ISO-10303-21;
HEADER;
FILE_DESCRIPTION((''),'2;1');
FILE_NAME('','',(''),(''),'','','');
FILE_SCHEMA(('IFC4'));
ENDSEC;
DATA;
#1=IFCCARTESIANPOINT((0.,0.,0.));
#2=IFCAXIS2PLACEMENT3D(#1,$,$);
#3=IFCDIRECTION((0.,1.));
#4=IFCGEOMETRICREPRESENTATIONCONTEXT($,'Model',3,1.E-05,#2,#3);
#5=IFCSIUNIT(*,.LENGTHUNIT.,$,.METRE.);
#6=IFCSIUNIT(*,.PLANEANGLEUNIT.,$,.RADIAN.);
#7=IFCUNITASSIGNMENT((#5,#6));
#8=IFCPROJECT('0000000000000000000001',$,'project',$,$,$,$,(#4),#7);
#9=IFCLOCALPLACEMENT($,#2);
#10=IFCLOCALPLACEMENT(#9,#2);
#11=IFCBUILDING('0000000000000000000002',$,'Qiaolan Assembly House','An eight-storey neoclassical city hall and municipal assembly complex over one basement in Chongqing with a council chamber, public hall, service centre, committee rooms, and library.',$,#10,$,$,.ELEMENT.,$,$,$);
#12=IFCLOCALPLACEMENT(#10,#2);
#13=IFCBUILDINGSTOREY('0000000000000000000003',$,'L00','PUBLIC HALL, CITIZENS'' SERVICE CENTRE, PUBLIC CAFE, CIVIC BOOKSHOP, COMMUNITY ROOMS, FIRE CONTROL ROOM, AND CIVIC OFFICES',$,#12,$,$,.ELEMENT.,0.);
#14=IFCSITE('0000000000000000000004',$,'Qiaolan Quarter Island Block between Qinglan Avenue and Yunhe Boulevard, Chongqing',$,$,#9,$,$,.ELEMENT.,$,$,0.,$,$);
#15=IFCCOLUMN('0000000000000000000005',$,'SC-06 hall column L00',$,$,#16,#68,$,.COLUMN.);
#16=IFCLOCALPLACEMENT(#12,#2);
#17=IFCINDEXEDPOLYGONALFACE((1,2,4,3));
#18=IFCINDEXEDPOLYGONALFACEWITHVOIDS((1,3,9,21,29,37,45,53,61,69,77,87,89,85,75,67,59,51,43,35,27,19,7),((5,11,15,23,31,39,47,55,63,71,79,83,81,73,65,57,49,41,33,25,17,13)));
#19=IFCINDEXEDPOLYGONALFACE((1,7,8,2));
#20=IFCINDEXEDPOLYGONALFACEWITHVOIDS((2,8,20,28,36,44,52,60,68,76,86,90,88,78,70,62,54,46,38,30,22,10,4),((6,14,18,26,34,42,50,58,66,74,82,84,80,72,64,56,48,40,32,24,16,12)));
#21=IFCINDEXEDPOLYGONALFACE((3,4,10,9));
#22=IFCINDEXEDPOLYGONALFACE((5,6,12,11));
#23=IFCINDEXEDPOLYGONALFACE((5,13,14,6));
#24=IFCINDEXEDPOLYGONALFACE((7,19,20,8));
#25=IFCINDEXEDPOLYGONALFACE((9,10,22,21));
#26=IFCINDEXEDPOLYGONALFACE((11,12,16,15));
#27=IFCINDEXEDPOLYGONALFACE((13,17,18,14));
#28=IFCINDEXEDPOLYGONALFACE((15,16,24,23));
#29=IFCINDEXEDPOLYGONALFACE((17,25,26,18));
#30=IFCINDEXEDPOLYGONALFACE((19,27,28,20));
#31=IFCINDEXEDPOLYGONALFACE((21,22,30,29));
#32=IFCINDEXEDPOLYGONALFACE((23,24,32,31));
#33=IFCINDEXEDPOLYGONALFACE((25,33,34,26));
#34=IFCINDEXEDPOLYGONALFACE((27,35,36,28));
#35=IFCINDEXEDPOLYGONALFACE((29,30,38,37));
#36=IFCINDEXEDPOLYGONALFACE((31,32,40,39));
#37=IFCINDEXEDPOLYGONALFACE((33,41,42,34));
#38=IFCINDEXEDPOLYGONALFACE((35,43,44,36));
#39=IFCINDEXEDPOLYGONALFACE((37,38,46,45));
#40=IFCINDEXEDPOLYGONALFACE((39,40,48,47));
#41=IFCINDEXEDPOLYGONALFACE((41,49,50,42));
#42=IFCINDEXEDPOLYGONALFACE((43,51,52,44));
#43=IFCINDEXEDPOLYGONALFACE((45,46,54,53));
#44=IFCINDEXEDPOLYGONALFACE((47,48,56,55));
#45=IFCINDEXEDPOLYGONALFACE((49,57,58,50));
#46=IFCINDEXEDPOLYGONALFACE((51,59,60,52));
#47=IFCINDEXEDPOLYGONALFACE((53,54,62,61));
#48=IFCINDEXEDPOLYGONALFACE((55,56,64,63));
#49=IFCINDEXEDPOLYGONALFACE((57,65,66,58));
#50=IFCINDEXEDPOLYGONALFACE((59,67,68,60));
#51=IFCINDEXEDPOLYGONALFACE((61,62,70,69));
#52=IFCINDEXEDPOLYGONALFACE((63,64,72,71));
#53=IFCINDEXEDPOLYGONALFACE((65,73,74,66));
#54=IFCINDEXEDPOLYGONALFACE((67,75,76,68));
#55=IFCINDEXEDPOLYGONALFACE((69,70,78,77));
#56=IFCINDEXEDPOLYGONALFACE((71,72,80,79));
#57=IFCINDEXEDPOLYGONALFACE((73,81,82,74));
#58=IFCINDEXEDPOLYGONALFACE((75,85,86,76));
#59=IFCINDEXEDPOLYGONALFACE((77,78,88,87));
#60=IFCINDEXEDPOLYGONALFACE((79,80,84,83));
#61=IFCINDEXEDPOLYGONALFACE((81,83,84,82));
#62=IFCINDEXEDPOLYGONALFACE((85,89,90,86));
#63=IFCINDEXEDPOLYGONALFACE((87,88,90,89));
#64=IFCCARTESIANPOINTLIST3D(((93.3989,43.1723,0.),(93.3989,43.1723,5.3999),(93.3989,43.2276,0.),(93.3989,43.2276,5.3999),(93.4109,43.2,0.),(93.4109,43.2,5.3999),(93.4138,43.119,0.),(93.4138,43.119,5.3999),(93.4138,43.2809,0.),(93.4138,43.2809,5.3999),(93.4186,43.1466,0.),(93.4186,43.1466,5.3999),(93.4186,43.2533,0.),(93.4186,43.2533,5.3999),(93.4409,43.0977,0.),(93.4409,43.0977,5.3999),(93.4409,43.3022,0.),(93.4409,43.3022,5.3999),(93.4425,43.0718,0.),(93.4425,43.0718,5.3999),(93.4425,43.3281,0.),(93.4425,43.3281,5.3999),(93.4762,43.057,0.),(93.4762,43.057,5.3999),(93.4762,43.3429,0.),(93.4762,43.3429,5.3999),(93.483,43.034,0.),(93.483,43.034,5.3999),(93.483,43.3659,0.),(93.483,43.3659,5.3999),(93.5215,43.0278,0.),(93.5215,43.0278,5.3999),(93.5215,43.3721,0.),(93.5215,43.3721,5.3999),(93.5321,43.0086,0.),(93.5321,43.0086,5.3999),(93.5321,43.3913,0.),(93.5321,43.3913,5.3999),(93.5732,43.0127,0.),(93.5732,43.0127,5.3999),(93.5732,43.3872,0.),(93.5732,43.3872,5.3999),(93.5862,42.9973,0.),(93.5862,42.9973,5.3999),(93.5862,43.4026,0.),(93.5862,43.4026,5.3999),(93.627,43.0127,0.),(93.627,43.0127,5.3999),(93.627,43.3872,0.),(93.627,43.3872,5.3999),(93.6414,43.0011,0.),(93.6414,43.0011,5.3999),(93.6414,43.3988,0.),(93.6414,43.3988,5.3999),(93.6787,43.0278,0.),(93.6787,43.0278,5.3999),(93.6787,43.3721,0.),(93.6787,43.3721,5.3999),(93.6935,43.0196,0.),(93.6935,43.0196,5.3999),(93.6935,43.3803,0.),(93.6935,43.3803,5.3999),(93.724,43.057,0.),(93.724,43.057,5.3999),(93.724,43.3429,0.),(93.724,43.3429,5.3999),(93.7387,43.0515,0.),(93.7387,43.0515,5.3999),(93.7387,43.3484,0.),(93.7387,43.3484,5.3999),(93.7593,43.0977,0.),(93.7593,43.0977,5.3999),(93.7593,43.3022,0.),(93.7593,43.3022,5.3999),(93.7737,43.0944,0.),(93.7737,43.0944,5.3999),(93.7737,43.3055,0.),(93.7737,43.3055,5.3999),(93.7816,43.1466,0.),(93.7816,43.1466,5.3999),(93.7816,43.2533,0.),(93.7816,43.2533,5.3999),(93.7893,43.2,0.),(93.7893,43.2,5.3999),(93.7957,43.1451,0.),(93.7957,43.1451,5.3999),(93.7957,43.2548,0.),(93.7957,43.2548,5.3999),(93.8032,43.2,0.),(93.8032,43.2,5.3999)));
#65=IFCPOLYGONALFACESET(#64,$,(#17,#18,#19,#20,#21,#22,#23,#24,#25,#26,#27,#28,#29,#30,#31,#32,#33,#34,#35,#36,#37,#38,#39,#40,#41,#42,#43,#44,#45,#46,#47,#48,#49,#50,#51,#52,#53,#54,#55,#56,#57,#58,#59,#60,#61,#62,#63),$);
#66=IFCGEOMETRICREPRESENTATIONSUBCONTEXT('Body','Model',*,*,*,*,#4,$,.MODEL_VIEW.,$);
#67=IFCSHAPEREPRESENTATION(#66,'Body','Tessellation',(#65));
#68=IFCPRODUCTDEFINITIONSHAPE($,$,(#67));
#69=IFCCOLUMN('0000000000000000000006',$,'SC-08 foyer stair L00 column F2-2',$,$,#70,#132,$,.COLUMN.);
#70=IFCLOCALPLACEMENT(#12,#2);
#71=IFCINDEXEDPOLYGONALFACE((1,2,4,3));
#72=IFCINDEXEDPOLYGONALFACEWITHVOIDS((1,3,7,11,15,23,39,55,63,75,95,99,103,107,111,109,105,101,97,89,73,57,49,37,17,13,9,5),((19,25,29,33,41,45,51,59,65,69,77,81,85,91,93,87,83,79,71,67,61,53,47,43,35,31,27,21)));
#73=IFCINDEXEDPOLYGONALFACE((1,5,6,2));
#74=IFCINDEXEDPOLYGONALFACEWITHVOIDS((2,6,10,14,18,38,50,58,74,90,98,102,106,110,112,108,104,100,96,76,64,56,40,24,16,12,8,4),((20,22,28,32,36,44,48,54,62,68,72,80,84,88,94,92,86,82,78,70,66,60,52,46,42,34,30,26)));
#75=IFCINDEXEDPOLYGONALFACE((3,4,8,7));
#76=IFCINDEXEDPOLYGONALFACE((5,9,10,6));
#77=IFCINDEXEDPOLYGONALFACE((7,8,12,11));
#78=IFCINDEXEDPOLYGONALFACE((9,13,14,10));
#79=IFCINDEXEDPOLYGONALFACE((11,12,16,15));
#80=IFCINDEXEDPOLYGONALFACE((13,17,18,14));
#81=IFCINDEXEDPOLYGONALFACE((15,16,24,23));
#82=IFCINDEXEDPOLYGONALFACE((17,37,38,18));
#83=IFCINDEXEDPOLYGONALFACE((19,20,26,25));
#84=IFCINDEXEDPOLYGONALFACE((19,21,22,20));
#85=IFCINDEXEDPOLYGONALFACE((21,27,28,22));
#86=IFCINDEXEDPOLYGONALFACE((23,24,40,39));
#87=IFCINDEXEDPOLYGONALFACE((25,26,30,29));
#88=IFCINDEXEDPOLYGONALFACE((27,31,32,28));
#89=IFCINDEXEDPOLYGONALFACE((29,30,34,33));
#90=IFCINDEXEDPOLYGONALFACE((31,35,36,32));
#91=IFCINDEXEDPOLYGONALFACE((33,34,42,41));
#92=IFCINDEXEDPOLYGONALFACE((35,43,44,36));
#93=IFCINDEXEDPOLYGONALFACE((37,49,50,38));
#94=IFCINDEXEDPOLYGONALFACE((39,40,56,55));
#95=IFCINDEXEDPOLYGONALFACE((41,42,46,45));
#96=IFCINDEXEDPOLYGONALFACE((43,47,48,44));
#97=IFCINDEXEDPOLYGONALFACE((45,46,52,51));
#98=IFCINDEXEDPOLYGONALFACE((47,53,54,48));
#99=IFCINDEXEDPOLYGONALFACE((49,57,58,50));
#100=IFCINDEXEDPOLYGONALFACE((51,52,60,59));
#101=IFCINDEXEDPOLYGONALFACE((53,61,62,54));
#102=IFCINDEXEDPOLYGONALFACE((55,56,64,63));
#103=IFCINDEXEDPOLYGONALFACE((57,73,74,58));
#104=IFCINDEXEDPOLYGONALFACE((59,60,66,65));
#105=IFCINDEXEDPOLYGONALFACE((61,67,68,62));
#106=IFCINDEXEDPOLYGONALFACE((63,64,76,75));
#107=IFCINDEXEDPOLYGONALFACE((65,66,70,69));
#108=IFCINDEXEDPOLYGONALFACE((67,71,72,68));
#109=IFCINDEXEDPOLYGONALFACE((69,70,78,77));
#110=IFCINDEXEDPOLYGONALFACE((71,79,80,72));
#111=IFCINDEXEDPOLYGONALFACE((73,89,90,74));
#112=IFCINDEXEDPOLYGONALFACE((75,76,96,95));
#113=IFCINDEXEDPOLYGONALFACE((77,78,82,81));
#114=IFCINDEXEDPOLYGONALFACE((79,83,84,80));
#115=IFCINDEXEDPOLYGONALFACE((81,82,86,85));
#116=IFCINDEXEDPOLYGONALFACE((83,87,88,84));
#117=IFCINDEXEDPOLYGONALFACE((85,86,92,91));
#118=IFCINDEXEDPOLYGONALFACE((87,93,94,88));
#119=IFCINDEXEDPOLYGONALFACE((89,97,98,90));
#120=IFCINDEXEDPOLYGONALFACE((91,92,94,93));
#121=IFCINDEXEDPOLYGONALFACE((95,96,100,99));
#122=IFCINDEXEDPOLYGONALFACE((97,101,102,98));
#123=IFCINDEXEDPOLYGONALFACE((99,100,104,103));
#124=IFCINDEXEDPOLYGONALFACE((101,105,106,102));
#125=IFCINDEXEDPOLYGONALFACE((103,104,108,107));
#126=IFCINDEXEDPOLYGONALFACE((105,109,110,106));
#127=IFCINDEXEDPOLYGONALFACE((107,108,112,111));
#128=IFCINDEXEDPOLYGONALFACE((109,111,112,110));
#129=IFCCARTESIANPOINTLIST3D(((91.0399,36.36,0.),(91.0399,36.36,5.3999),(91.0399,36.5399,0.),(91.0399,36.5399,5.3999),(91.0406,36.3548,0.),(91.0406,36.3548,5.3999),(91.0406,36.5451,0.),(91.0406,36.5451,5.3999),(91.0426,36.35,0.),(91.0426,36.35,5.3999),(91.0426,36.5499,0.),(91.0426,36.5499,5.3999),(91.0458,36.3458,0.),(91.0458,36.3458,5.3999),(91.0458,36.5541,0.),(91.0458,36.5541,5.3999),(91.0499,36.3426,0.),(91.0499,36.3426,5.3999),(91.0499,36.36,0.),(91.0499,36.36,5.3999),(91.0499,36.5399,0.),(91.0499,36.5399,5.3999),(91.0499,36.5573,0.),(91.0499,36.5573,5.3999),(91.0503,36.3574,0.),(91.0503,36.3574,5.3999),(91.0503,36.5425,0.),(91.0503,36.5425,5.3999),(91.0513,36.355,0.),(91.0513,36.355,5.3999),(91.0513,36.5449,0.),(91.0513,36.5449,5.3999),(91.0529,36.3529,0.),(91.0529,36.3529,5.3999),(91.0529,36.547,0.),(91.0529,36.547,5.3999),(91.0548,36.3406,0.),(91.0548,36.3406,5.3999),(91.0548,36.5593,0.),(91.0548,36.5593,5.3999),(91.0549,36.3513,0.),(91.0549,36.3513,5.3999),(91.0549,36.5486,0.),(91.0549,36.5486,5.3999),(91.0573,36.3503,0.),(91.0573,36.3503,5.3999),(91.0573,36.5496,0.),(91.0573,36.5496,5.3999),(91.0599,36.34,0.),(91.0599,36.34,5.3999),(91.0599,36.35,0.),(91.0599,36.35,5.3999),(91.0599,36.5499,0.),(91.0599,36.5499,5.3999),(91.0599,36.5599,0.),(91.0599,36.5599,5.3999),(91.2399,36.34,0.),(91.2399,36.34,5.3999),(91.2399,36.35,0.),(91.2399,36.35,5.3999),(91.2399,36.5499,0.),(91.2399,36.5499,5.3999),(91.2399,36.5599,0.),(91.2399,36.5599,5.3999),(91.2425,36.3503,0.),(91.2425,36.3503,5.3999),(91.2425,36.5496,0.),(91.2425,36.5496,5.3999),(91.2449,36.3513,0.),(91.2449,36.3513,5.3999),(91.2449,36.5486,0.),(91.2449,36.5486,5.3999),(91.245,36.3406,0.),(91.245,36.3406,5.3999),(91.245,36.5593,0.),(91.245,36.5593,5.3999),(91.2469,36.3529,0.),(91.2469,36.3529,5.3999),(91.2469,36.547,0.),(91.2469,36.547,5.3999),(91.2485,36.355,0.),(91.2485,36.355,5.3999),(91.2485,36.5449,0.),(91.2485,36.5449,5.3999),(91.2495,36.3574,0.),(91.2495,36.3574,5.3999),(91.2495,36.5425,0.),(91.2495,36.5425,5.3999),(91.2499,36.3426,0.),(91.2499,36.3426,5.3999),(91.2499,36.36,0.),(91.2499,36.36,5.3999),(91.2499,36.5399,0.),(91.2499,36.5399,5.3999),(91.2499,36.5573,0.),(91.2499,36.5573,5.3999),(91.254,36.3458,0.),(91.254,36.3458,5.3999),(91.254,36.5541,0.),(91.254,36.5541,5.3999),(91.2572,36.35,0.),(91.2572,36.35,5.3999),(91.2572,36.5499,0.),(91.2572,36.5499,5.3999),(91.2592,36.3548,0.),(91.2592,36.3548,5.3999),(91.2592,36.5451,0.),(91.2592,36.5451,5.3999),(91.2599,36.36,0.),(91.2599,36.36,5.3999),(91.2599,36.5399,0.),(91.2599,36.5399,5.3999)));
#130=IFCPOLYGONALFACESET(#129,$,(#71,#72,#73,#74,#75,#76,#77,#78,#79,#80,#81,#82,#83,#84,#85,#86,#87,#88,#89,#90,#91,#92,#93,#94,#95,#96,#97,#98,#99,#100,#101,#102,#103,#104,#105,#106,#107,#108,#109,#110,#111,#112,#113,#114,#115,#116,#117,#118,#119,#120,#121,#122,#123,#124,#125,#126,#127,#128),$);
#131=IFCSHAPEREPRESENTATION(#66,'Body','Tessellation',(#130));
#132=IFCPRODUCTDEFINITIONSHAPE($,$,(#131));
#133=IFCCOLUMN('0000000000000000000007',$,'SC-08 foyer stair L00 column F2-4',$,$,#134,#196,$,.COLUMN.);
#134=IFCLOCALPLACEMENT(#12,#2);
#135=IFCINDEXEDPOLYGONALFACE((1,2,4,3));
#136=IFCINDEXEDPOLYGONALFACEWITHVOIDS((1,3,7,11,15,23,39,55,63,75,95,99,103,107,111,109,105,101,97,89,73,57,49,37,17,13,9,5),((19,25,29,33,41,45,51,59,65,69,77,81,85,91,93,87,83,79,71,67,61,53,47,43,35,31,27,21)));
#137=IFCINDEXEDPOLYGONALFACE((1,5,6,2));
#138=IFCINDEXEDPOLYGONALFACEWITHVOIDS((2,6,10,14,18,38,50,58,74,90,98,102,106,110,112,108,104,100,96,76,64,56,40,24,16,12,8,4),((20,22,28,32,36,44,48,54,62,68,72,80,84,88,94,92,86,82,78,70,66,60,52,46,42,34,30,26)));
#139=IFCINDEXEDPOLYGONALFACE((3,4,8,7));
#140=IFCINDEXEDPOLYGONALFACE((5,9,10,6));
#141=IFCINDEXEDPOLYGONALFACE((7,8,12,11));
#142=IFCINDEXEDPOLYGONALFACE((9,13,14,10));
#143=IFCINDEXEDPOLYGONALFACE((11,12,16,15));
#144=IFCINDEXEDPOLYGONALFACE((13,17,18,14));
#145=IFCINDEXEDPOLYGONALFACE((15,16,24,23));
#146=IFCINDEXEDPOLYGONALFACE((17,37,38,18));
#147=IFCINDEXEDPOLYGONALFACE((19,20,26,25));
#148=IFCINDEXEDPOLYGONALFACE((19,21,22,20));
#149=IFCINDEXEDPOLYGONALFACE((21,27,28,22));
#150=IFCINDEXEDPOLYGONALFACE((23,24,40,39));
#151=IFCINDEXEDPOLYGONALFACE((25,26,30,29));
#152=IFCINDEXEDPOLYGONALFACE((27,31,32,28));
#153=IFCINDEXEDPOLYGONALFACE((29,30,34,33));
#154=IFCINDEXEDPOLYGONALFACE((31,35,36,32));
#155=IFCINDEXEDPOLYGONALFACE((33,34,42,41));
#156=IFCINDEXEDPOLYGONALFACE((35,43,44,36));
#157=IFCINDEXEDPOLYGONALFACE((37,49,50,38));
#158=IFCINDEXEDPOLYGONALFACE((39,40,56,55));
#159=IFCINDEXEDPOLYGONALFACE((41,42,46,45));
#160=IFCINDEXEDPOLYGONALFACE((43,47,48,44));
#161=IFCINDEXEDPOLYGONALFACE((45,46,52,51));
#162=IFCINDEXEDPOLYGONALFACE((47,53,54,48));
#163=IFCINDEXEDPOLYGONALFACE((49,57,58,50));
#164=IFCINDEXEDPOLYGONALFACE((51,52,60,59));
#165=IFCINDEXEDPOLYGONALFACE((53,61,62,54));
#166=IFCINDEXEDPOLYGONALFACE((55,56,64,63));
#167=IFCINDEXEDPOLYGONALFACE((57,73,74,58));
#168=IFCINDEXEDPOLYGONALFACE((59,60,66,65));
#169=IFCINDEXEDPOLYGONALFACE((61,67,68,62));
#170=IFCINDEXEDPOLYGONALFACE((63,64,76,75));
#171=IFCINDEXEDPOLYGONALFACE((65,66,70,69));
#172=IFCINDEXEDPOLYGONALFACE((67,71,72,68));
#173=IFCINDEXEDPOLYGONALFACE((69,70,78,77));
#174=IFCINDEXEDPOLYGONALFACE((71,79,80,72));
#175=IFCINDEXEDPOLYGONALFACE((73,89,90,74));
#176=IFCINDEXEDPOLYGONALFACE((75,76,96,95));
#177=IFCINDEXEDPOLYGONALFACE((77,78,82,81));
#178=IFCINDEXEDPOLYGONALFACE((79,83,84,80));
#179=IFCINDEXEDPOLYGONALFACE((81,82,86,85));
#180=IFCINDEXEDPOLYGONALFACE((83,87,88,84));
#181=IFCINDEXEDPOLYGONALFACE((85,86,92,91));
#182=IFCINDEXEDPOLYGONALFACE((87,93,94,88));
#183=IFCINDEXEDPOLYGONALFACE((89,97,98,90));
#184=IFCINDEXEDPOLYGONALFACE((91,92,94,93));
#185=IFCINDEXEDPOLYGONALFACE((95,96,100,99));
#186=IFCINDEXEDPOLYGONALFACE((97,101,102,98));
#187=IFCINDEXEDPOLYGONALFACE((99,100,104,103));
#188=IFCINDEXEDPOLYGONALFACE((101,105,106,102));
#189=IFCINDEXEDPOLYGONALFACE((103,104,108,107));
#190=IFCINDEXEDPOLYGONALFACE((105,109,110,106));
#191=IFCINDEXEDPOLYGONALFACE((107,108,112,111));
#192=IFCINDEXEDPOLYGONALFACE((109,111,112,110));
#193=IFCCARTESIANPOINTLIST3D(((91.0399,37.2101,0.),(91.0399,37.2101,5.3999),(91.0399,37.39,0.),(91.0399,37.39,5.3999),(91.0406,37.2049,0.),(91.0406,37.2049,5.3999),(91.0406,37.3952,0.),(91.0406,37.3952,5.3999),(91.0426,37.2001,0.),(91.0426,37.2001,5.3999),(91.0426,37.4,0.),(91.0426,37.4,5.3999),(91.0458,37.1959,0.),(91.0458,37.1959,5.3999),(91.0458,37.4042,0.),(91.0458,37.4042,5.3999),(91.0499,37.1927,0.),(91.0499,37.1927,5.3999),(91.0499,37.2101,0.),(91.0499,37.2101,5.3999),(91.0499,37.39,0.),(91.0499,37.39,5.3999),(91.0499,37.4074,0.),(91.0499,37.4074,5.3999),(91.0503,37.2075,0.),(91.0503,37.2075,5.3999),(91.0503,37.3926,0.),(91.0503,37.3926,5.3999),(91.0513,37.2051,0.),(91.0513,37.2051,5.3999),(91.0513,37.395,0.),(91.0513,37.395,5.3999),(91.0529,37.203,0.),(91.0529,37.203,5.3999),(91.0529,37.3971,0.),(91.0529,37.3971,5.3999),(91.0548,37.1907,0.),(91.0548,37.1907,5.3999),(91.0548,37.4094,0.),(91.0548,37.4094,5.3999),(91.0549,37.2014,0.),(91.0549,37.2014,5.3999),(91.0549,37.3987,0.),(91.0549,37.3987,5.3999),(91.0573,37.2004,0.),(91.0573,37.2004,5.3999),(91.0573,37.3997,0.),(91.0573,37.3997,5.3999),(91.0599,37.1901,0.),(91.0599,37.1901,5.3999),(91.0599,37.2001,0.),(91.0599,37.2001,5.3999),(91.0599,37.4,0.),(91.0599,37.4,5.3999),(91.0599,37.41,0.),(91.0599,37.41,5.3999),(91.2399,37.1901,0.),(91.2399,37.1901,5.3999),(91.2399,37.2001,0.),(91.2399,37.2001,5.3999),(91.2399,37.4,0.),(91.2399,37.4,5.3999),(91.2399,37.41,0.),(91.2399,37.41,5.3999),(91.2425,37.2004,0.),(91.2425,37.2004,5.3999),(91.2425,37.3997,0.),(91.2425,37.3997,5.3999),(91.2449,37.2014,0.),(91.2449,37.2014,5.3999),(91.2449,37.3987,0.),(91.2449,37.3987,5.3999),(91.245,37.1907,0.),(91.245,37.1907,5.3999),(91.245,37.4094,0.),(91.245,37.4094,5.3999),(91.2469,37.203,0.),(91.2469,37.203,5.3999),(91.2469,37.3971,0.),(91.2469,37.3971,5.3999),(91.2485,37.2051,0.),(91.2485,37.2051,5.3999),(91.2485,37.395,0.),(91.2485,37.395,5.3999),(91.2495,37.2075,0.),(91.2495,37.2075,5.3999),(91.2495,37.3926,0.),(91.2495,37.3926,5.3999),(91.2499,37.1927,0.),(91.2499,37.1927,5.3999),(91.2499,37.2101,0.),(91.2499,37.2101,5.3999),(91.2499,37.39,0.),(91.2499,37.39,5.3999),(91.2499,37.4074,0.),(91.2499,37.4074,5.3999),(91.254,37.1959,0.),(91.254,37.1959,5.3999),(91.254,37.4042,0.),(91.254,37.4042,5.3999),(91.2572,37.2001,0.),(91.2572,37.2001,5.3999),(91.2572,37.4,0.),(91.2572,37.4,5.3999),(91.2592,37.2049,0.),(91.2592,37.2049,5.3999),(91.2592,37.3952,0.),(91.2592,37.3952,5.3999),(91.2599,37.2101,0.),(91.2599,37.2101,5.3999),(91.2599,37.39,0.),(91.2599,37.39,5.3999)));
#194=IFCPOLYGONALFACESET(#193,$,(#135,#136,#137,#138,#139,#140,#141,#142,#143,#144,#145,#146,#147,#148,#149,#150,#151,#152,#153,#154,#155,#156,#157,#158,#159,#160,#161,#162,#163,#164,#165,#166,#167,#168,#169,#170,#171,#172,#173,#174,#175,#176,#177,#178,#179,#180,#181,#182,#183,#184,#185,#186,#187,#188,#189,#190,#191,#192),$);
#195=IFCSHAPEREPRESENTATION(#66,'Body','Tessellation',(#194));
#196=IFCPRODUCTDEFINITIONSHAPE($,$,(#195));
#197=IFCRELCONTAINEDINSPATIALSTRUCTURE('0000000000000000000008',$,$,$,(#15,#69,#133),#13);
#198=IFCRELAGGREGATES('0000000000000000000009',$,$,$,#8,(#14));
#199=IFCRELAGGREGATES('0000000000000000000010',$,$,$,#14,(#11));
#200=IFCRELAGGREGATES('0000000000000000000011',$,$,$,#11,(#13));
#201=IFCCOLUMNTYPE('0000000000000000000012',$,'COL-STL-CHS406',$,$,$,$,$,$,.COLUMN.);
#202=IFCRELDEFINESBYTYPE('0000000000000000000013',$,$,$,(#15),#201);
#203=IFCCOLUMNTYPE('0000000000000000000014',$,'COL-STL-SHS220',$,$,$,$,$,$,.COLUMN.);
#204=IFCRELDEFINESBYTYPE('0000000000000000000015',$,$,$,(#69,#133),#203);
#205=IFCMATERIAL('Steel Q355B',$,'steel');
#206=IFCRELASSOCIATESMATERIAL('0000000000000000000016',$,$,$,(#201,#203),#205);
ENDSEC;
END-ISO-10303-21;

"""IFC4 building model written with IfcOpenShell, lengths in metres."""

from ifc_helpers import new_model, si_unit, direction, frame, origin, origin_2d, place, context, subcontext, project, spatial, hollow_rectangle, hollow_circle, extrude, material, material_profile, profile_set, type_object, element, save


model = new_model("IFC4")

# Units and contexts
model_context = context("Model", 3, precision=1e-05, world=origin(), true_north=direction((0.0, 1.0)))
body_context = subcontext(model_context, "Body", "Model", "MODEL_VIEW")
ifc_project = project(units=[si_unit("LENGTHUNIT", "METRE"), si_unit("PLANEANGLEUNIT", "RADIAN")], contexts=[model_context])

# Site, building, storey
site_placement = place(None, origin())
site = spatial("IfcSite", under=ifc_project, at=site_placement, Name="Qiaolan Quarter Island Block between Qinglan Avenue and Yunhe Boulevard, Chongqing", CompositionType="ELEMENT", RefElevation=0.0)
building_placement = place(site_placement, origin())
building = spatial("IfcBuilding", under=site, at=building_placement, Name="Qiaolan Assembly House", Description="An eight-storey neoclassical city hall and municipal assembly complex over one basement in Chongqing with a council chamber, public hall, service centre, committee rooms, and library.", CompositionType="ELEMENT")
storey_placement = place(building_placement, origin())
storey = spatial("IfcBuildingStorey", under=building, at=storey_placement, Name="L00", Description="PUBLIC HALL, CITIZENS' SERVICE CENTRE, PUBLIC CAFE, CIVIC BOOKSHOP, COMMUNITY ROOMS, FIRE CONTROL ROOM, AND CIVIC OFFICES", CompositionType="ELEMENT", Elevation=0.0)

# Columns
ifc_material_1 = material(Name="Steel Q355B", Category="steel")
ifc_material_profile_1 = material_profile(ifc_material_1, hollow_circle(Radius=0.2031, WallThickness=0.0139, at=origin_2d()), Name="CHS 406.4x14")
ifc_profile_set_1 = profile_set([ifc_material_profile_1], Name="Steel Q355B")
column_type_1 = type_object("IfcColumnType", Name="COL-STL-CHS406", PredefinedType="COLUMN", material=ifc_profile_set_1)
column_placement = place(storey_placement, frame((93.6001, 43.2, 0.0), z_axis=(0.0, 0.0, 1.0), x_axis=(1.0, 0.0, 0.0)))
element("IfcColumn", 1, at=column_placement, inside=storey, type_object=column_type_1, Name="SC-06 hall column L00", PredefinedType="COLUMN", context=body_context, shape_type="SweptSolid", body=[
    extrude(hollow_circle(Radius=0.2031, WallThickness=0.0139, at=origin_2d()), origin(), (0.0, 0.0, 1.0), 5.3999),
])
ifc_material_profile_2 = material_profile(ifc_material_1, hollow_rectangle(XDim=0.22, YDim=0.22, WallThickness=0.01, InnerFilletRadius=0.01, OuterFilletRadius=0.02, at=origin_2d()), Name="SHS 220x220x10")
ifc_profile_set_2 = profile_set([ifc_material_profile_2], Name="Steel Q355B")
column_type_2 = type_object("IfcColumnType", Name="COL-STL-SHS220", PredefinedType="COLUMN", material=ifc_profile_set_2)
for number, where, z_axis, x_axis, name in (
    (2, (91.1499, 36.45, 0.0), (0.0, 0.0, 1.0), (1.0, 0.0, 0.0), "SC-08 foyer stair L00 column F2-2"),
    (3, (91.1499, 37.3, 0.0), (0.0, 0.0, 1.0), (1.0, 0.0, 0.0), "SC-08 foyer stair L00 column F2-4"),
):
    element("IfcColumn", number, at=place(storey_placement, frame(where, z_axis=z_axis, x_axis=x_axis)), inside=storey, type_object=column_type_2, Name=name, PredefinedType="COLUMN", context=body_context, shape_type="SweptSolid", body=[
        extrude(hollow_rectangle(XDim=0.22, YDim=0.22, WallThickness=0.01, InnerFilletRadius=0.01, OuterFilletRadius=0.02, at=origin_2d()), origin(), (0.0, 0.0, 1.0), 5.3999),
    ])

save(model, "model.ifc")
